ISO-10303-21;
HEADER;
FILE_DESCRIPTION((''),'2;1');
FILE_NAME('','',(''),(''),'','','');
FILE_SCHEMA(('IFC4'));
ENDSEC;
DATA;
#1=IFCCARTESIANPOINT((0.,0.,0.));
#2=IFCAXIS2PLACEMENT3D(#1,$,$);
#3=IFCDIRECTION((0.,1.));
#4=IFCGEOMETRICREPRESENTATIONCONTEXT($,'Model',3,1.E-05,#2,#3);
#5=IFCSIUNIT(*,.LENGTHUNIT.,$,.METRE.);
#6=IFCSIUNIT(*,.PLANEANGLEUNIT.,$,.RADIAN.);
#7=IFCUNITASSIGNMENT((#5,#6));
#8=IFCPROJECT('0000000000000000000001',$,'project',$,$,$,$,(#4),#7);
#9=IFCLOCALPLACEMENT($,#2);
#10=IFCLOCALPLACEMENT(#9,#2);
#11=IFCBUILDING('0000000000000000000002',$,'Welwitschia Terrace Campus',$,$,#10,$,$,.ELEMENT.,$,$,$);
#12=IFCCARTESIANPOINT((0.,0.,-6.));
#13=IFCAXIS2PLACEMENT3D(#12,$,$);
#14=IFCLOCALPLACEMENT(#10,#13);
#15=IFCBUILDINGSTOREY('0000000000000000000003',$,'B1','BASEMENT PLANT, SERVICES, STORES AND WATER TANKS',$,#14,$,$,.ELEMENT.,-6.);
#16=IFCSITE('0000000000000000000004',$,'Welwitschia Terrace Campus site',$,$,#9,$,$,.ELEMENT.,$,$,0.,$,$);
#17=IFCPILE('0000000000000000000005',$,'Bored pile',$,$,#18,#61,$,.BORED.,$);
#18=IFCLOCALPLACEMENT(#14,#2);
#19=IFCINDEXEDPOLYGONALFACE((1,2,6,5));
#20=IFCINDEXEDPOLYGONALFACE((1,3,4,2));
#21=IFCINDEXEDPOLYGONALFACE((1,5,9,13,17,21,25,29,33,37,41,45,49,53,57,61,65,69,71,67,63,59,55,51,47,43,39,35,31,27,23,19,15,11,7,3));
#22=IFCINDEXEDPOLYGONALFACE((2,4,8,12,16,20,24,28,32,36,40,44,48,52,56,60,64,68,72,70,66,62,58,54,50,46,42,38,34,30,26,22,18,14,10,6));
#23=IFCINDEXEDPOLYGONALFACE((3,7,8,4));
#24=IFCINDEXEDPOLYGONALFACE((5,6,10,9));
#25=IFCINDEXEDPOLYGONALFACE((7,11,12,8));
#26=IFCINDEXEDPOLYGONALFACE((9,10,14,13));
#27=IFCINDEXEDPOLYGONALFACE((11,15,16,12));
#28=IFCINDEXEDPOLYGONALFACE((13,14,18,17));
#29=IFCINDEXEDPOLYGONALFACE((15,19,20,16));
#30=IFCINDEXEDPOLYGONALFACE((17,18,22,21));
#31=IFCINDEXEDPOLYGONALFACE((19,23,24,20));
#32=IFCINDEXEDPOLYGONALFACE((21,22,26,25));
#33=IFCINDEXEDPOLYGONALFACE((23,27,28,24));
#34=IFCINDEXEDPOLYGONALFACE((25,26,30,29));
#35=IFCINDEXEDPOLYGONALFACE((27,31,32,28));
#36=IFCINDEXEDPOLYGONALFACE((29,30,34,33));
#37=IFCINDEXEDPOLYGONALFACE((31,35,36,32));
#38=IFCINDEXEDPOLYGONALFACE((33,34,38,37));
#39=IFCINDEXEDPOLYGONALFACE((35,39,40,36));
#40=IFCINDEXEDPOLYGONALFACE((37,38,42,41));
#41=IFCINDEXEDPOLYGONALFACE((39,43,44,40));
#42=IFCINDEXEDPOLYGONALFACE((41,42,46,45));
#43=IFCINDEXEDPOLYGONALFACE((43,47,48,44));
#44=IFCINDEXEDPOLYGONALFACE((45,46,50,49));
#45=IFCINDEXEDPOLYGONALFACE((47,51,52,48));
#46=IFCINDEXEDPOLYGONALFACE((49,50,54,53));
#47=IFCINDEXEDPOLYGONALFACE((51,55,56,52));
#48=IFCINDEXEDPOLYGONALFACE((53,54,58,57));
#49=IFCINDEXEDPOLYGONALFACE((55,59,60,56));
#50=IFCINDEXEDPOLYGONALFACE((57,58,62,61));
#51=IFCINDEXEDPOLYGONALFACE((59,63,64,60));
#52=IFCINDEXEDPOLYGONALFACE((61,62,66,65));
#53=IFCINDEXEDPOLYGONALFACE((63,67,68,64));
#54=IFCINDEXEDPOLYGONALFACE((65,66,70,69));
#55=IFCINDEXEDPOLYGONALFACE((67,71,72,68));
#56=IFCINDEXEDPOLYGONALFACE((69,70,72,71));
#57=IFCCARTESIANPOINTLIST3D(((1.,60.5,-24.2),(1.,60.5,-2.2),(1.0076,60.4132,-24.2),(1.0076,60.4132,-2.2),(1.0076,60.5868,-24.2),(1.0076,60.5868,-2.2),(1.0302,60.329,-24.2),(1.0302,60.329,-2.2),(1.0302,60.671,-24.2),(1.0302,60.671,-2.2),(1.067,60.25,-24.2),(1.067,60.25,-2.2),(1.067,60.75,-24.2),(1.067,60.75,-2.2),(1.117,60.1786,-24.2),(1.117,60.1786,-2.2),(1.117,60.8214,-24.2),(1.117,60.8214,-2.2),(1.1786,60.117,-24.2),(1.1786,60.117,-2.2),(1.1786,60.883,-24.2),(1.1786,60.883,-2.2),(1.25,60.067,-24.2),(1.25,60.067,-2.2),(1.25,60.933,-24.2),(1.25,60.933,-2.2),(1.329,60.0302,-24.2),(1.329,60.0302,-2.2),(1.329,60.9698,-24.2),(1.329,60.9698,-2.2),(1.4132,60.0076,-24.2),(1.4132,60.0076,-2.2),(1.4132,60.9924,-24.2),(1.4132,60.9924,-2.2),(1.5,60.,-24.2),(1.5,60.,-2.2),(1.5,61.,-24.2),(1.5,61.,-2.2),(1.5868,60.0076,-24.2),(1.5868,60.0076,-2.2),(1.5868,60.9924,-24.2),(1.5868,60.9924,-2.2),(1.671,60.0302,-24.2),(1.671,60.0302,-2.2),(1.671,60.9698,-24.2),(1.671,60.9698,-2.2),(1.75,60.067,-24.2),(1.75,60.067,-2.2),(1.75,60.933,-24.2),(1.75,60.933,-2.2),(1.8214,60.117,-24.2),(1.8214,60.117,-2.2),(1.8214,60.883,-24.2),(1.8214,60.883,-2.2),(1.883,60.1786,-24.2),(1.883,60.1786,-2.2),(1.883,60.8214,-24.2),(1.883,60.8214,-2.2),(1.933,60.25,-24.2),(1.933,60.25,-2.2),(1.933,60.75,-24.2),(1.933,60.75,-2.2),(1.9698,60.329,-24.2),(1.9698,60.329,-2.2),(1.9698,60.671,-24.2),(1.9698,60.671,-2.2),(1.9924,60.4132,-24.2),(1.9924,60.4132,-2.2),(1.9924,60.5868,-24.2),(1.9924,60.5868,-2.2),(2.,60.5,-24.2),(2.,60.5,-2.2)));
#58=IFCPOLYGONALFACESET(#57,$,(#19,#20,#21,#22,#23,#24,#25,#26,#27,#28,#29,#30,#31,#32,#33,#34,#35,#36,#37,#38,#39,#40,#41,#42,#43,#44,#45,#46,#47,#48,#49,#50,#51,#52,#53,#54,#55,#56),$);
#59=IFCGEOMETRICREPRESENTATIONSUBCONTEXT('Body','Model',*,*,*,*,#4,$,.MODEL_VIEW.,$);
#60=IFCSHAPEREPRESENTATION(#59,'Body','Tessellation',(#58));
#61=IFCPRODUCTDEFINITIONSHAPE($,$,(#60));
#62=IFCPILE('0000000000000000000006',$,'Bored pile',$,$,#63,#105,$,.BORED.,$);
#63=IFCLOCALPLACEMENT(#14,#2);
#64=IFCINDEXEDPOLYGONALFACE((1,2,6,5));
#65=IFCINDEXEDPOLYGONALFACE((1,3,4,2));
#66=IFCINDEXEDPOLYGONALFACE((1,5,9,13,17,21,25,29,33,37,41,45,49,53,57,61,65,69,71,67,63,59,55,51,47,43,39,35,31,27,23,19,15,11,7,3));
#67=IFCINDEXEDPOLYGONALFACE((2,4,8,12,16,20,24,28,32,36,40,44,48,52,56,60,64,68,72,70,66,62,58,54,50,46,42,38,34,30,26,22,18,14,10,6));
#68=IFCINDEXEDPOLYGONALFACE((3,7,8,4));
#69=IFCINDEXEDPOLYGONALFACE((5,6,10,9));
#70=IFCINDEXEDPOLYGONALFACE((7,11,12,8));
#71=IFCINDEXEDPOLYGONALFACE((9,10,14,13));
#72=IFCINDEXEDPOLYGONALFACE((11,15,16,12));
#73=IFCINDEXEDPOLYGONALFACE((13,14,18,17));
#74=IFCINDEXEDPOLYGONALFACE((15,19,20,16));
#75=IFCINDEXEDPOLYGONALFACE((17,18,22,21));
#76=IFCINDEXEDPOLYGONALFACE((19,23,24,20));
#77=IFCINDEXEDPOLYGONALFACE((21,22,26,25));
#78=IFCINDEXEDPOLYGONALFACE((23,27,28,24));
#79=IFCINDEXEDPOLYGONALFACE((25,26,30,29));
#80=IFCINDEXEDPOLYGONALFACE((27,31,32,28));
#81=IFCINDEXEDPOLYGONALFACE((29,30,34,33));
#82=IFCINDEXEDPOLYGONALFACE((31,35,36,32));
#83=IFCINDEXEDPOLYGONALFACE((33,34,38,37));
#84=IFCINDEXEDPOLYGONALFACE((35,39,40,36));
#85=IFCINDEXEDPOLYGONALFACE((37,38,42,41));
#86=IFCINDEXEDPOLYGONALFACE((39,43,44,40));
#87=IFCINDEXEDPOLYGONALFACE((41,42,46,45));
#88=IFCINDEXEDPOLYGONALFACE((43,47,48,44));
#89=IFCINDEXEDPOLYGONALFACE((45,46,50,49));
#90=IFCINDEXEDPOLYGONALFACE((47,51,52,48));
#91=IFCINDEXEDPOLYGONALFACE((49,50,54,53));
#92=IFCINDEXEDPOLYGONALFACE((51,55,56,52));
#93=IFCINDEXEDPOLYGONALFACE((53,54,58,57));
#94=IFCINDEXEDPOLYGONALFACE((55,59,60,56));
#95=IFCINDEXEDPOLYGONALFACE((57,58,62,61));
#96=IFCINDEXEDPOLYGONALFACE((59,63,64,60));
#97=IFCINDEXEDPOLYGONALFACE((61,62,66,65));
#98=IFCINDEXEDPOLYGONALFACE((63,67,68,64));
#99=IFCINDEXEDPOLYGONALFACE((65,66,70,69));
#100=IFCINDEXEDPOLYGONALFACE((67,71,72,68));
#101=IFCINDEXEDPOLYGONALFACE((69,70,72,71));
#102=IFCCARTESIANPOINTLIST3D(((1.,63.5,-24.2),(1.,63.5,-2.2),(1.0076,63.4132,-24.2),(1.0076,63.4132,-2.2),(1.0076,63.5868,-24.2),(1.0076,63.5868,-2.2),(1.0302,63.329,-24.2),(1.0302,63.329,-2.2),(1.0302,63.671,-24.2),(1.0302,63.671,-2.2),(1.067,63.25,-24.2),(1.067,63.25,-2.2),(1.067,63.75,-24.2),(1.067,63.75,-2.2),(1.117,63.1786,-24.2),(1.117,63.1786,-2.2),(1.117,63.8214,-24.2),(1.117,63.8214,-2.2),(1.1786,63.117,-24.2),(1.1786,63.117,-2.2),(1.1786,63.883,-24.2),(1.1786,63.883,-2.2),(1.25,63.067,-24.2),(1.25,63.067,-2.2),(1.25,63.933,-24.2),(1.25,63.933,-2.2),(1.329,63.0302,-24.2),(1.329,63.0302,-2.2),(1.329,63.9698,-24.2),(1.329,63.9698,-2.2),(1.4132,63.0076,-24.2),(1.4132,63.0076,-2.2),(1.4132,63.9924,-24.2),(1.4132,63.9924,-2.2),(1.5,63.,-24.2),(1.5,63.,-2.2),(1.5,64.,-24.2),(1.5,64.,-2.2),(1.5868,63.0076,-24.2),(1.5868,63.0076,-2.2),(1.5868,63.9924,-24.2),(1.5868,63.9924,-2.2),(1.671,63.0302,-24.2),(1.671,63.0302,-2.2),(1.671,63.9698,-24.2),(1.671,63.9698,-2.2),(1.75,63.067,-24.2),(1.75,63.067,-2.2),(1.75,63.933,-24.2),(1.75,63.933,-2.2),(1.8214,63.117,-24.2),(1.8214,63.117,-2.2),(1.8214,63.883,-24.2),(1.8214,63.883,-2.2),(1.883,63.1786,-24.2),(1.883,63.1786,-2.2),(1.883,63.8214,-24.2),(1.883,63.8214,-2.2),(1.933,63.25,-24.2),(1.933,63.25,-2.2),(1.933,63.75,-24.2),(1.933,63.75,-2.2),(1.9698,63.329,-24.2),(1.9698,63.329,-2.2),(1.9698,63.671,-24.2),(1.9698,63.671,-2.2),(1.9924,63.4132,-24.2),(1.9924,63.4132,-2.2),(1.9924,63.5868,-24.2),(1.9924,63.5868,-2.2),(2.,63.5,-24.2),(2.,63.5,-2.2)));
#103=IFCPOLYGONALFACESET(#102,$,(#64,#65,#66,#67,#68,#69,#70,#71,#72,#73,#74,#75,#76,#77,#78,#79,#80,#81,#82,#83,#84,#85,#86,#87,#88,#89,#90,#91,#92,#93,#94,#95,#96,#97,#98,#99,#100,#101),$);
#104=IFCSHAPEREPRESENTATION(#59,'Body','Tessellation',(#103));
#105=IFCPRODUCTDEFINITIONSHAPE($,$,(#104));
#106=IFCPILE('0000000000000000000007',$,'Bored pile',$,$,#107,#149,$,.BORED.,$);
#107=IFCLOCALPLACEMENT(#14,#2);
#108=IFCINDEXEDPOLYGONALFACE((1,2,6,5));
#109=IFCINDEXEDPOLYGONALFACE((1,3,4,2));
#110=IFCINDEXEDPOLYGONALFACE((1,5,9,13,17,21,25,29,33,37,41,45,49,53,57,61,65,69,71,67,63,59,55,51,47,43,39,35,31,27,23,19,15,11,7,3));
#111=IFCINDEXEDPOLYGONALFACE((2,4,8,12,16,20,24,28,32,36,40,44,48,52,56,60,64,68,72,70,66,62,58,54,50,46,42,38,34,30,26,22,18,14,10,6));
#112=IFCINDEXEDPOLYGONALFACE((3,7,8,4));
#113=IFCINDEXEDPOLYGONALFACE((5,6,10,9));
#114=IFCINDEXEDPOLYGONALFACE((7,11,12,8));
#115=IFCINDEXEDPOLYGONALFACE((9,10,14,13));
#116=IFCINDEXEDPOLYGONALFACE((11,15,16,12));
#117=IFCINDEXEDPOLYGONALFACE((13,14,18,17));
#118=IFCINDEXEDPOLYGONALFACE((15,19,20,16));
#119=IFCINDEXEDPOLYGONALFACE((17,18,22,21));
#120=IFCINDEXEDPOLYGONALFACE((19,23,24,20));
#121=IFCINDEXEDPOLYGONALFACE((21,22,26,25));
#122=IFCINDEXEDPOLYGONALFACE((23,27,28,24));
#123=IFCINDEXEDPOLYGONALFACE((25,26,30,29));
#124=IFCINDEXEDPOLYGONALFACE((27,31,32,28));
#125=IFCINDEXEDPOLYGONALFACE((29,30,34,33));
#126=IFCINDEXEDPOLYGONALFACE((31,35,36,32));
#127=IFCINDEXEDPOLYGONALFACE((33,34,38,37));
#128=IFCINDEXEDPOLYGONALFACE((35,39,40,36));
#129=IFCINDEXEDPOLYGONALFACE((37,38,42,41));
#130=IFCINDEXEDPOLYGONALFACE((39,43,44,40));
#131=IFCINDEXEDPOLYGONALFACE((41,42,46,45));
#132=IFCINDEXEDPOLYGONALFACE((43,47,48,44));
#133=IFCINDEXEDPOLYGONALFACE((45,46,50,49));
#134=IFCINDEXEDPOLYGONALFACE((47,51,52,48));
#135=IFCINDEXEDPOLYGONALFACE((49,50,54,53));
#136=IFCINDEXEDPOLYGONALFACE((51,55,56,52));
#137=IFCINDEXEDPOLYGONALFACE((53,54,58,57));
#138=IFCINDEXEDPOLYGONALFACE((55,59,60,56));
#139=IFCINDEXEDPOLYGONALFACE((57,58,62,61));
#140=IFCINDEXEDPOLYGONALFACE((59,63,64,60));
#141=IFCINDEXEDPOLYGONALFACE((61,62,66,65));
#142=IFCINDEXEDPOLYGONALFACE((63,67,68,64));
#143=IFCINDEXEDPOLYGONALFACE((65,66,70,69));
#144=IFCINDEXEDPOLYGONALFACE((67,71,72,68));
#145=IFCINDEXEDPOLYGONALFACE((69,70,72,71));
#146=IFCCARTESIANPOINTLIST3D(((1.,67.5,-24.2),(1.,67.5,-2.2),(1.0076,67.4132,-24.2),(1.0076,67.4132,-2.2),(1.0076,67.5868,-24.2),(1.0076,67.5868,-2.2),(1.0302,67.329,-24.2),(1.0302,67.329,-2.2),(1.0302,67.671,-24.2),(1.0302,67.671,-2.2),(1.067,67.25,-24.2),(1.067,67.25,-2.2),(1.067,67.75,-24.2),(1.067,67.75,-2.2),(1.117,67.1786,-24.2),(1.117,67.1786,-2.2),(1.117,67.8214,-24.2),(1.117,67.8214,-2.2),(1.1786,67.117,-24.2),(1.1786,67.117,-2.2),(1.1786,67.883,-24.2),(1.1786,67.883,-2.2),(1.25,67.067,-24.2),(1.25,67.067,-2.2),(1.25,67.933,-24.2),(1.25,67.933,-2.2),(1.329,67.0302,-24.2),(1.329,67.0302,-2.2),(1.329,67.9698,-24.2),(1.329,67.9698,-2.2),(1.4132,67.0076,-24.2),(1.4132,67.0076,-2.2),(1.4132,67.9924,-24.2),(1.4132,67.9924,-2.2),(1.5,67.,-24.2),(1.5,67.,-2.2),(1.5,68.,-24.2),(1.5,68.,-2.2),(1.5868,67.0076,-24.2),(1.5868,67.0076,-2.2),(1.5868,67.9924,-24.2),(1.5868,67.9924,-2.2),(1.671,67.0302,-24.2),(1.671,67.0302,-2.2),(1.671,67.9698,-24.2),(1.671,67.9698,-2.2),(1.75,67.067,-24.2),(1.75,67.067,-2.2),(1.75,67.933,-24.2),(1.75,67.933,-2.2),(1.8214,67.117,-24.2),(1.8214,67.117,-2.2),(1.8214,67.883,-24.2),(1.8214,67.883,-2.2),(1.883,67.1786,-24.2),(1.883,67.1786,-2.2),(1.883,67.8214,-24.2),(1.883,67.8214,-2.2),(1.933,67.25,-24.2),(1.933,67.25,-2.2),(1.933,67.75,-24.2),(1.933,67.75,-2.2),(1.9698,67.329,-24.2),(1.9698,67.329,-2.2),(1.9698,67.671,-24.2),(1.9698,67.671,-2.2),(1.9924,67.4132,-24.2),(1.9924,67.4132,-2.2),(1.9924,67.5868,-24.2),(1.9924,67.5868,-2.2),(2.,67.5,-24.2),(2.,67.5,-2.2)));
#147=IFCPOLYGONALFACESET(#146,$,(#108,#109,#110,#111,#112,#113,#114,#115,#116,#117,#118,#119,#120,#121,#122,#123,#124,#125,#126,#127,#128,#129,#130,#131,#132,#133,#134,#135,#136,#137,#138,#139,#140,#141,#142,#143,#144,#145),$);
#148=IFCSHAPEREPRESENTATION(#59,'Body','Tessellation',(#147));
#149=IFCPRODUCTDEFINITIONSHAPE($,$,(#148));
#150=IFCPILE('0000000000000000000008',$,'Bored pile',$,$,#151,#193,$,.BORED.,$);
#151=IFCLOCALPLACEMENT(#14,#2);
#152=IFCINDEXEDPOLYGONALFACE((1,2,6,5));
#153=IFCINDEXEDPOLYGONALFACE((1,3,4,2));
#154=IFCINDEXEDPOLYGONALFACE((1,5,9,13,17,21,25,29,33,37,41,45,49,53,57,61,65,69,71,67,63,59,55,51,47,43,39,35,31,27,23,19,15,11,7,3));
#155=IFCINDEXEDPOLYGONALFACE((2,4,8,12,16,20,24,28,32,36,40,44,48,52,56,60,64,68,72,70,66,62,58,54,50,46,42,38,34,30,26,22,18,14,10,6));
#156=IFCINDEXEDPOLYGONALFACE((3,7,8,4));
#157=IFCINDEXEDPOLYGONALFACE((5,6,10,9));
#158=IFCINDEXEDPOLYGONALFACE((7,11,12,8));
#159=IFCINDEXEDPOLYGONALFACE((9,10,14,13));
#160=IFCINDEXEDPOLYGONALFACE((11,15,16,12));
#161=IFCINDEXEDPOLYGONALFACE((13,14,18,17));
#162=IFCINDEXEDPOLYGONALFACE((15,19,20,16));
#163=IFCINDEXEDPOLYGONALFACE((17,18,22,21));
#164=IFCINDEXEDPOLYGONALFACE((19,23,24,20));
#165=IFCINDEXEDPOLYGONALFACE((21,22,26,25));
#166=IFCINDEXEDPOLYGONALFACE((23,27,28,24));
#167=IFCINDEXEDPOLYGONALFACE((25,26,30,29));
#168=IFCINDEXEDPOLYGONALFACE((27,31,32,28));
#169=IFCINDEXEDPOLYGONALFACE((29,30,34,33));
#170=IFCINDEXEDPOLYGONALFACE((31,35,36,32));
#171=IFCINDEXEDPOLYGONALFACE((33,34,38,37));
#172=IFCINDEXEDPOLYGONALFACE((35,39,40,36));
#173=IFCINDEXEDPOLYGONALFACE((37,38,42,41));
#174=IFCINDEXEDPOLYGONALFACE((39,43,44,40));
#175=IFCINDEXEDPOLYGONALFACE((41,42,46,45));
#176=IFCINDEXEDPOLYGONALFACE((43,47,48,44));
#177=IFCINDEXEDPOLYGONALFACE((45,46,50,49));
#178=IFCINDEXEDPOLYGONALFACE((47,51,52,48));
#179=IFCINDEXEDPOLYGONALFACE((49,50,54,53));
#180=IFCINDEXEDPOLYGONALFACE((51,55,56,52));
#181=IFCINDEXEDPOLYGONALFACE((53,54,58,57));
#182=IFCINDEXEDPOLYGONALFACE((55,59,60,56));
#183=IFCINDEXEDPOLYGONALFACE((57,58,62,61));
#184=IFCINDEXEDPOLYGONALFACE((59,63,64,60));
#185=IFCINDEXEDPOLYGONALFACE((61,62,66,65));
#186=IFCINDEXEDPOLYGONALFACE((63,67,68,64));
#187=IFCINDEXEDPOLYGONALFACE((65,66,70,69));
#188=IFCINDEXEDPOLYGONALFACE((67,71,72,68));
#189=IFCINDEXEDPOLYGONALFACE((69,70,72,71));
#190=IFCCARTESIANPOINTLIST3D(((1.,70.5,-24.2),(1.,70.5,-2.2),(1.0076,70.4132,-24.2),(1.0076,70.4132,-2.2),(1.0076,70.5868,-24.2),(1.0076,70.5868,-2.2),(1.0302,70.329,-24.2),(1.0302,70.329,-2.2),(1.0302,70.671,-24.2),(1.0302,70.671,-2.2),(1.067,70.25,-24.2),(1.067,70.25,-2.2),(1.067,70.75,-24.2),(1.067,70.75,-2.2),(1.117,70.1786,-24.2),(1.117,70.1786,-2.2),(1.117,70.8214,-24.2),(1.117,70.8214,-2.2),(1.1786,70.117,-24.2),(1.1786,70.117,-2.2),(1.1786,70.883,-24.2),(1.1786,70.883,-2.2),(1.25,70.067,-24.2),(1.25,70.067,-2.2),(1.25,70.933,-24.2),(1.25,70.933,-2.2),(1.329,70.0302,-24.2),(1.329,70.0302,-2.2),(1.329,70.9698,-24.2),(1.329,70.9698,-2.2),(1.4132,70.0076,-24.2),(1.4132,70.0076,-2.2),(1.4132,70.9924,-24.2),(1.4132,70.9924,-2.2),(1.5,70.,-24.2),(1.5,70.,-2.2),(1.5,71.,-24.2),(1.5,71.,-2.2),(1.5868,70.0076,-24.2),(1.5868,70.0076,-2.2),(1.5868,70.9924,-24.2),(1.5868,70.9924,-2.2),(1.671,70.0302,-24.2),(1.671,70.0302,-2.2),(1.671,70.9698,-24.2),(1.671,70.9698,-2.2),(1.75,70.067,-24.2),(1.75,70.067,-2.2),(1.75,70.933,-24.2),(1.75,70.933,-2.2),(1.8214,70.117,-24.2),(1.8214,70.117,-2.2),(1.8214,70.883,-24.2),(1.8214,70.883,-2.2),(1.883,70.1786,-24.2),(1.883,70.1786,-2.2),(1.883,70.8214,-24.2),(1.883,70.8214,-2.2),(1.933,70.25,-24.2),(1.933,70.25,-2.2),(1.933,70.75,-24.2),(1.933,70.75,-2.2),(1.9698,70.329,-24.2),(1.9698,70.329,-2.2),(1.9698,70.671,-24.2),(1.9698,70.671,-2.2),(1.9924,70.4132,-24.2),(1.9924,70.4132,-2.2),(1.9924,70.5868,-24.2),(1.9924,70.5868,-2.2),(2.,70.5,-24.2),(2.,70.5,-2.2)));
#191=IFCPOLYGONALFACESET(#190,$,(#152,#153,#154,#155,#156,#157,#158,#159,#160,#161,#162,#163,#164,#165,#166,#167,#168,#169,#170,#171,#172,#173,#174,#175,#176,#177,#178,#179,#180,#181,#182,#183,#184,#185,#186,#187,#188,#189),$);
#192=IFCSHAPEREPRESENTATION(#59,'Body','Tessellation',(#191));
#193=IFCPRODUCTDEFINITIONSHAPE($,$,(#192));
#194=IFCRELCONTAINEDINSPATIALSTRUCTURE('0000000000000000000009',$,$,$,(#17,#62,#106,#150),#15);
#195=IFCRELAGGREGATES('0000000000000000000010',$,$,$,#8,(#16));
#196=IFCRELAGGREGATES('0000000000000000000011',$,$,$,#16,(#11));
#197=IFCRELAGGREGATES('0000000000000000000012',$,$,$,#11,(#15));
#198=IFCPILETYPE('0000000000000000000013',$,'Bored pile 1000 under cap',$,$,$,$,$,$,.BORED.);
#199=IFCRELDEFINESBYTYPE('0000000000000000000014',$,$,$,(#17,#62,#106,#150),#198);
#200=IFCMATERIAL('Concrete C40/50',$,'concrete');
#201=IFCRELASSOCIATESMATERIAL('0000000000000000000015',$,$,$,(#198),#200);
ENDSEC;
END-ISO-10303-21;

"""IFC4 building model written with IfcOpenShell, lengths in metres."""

from ifc_helpers import new_model, si_unit, direction, frame, origin, origin_2d, place, context, subcontext, project, spatial, circle, extrude, material, type_object, element, save


model = new_model("IFC4")

# Units and contexts
model_context = context("Model", 3, precision=1e-05, world=origin(), true_north=direction((0.0, 1.0)))
body_context = subcontext(model_context, "Body", "Model", "MODEL_VIEW")
ifc_project = project(units=[si_unit("LENGTHUNIT", "METRE"), si_unit("PLANEANGLEUNIT", "RADIAN")], contexts=[model_context])

# Site, building, storey
site_placement = place(None, origin())
site = spatial("IfcSite", under=ifc_project, at=site_placement, Name="Welwitschia Terrace Campus site", CompositionType="ELEMENT", RefElevation=0.0)
building_placement = place(site_placement, origin())
building = spatial("IfcBuilding", under=site, at=building_placement, Name="Welwitschia Terrace Campus", CompositionType="ELEMENT")
storey_placement = place(building_placement, frame((0.0, 0.0, -6.0)))
storey = spatial("IfcBuildingStorey", under=building, at=storey_placement, Name="B1", Description="BASEMENT PLANT, SERVICES, STORES AND WATER TANKS", CompositionType="ELEMENT", Elevation=-6.0)

# Piles
ifc_material_1 = material(Name="Concrete C40/50", Category="concrete")
pile_type = type_object("IfcPileType", Name="Bored pile 1000 under cap", PredefinedType="BORED", material=ifc_material_1)
for number, where, z_axis, x_axis, name in (
    (1, (1.5, 60.5, -2.2), (0.0, 0.0, -1.0), (1.0, 0.0, 0.0), "Bored pile"),
    (2, (1.5, 63.5, -2.2), (0.0, 0.0, -1.0), (1.0, 0.0, 0.0), "Bored pile"),
    (3, (1.5, 67.5, -2.2), (0.0, 0.0, -1.0), (1.0, 0.0, 0.0), "Bored pile"),
    (4, (1.5, 70.5, -2.2), (0.0, 0.0, -1.0), (1.0, 0.0, 0.0), "Bored pile"),
):
    element("IfcPile", number, at=place(storey_placement, frame(where, z_axis=z_axis, x_axis=x_axis)), inside=storey, type_object=pile_type, Name=name, PredefinedType="BORED", context=body_context, shape_type="SweptSolid", body=[
        extrude(circle(Radius=0.5, at=origin_2d()), origin(), (0.0, 0.0, 1.0), 22.0),
    ])

save(model, "model.ifc")
